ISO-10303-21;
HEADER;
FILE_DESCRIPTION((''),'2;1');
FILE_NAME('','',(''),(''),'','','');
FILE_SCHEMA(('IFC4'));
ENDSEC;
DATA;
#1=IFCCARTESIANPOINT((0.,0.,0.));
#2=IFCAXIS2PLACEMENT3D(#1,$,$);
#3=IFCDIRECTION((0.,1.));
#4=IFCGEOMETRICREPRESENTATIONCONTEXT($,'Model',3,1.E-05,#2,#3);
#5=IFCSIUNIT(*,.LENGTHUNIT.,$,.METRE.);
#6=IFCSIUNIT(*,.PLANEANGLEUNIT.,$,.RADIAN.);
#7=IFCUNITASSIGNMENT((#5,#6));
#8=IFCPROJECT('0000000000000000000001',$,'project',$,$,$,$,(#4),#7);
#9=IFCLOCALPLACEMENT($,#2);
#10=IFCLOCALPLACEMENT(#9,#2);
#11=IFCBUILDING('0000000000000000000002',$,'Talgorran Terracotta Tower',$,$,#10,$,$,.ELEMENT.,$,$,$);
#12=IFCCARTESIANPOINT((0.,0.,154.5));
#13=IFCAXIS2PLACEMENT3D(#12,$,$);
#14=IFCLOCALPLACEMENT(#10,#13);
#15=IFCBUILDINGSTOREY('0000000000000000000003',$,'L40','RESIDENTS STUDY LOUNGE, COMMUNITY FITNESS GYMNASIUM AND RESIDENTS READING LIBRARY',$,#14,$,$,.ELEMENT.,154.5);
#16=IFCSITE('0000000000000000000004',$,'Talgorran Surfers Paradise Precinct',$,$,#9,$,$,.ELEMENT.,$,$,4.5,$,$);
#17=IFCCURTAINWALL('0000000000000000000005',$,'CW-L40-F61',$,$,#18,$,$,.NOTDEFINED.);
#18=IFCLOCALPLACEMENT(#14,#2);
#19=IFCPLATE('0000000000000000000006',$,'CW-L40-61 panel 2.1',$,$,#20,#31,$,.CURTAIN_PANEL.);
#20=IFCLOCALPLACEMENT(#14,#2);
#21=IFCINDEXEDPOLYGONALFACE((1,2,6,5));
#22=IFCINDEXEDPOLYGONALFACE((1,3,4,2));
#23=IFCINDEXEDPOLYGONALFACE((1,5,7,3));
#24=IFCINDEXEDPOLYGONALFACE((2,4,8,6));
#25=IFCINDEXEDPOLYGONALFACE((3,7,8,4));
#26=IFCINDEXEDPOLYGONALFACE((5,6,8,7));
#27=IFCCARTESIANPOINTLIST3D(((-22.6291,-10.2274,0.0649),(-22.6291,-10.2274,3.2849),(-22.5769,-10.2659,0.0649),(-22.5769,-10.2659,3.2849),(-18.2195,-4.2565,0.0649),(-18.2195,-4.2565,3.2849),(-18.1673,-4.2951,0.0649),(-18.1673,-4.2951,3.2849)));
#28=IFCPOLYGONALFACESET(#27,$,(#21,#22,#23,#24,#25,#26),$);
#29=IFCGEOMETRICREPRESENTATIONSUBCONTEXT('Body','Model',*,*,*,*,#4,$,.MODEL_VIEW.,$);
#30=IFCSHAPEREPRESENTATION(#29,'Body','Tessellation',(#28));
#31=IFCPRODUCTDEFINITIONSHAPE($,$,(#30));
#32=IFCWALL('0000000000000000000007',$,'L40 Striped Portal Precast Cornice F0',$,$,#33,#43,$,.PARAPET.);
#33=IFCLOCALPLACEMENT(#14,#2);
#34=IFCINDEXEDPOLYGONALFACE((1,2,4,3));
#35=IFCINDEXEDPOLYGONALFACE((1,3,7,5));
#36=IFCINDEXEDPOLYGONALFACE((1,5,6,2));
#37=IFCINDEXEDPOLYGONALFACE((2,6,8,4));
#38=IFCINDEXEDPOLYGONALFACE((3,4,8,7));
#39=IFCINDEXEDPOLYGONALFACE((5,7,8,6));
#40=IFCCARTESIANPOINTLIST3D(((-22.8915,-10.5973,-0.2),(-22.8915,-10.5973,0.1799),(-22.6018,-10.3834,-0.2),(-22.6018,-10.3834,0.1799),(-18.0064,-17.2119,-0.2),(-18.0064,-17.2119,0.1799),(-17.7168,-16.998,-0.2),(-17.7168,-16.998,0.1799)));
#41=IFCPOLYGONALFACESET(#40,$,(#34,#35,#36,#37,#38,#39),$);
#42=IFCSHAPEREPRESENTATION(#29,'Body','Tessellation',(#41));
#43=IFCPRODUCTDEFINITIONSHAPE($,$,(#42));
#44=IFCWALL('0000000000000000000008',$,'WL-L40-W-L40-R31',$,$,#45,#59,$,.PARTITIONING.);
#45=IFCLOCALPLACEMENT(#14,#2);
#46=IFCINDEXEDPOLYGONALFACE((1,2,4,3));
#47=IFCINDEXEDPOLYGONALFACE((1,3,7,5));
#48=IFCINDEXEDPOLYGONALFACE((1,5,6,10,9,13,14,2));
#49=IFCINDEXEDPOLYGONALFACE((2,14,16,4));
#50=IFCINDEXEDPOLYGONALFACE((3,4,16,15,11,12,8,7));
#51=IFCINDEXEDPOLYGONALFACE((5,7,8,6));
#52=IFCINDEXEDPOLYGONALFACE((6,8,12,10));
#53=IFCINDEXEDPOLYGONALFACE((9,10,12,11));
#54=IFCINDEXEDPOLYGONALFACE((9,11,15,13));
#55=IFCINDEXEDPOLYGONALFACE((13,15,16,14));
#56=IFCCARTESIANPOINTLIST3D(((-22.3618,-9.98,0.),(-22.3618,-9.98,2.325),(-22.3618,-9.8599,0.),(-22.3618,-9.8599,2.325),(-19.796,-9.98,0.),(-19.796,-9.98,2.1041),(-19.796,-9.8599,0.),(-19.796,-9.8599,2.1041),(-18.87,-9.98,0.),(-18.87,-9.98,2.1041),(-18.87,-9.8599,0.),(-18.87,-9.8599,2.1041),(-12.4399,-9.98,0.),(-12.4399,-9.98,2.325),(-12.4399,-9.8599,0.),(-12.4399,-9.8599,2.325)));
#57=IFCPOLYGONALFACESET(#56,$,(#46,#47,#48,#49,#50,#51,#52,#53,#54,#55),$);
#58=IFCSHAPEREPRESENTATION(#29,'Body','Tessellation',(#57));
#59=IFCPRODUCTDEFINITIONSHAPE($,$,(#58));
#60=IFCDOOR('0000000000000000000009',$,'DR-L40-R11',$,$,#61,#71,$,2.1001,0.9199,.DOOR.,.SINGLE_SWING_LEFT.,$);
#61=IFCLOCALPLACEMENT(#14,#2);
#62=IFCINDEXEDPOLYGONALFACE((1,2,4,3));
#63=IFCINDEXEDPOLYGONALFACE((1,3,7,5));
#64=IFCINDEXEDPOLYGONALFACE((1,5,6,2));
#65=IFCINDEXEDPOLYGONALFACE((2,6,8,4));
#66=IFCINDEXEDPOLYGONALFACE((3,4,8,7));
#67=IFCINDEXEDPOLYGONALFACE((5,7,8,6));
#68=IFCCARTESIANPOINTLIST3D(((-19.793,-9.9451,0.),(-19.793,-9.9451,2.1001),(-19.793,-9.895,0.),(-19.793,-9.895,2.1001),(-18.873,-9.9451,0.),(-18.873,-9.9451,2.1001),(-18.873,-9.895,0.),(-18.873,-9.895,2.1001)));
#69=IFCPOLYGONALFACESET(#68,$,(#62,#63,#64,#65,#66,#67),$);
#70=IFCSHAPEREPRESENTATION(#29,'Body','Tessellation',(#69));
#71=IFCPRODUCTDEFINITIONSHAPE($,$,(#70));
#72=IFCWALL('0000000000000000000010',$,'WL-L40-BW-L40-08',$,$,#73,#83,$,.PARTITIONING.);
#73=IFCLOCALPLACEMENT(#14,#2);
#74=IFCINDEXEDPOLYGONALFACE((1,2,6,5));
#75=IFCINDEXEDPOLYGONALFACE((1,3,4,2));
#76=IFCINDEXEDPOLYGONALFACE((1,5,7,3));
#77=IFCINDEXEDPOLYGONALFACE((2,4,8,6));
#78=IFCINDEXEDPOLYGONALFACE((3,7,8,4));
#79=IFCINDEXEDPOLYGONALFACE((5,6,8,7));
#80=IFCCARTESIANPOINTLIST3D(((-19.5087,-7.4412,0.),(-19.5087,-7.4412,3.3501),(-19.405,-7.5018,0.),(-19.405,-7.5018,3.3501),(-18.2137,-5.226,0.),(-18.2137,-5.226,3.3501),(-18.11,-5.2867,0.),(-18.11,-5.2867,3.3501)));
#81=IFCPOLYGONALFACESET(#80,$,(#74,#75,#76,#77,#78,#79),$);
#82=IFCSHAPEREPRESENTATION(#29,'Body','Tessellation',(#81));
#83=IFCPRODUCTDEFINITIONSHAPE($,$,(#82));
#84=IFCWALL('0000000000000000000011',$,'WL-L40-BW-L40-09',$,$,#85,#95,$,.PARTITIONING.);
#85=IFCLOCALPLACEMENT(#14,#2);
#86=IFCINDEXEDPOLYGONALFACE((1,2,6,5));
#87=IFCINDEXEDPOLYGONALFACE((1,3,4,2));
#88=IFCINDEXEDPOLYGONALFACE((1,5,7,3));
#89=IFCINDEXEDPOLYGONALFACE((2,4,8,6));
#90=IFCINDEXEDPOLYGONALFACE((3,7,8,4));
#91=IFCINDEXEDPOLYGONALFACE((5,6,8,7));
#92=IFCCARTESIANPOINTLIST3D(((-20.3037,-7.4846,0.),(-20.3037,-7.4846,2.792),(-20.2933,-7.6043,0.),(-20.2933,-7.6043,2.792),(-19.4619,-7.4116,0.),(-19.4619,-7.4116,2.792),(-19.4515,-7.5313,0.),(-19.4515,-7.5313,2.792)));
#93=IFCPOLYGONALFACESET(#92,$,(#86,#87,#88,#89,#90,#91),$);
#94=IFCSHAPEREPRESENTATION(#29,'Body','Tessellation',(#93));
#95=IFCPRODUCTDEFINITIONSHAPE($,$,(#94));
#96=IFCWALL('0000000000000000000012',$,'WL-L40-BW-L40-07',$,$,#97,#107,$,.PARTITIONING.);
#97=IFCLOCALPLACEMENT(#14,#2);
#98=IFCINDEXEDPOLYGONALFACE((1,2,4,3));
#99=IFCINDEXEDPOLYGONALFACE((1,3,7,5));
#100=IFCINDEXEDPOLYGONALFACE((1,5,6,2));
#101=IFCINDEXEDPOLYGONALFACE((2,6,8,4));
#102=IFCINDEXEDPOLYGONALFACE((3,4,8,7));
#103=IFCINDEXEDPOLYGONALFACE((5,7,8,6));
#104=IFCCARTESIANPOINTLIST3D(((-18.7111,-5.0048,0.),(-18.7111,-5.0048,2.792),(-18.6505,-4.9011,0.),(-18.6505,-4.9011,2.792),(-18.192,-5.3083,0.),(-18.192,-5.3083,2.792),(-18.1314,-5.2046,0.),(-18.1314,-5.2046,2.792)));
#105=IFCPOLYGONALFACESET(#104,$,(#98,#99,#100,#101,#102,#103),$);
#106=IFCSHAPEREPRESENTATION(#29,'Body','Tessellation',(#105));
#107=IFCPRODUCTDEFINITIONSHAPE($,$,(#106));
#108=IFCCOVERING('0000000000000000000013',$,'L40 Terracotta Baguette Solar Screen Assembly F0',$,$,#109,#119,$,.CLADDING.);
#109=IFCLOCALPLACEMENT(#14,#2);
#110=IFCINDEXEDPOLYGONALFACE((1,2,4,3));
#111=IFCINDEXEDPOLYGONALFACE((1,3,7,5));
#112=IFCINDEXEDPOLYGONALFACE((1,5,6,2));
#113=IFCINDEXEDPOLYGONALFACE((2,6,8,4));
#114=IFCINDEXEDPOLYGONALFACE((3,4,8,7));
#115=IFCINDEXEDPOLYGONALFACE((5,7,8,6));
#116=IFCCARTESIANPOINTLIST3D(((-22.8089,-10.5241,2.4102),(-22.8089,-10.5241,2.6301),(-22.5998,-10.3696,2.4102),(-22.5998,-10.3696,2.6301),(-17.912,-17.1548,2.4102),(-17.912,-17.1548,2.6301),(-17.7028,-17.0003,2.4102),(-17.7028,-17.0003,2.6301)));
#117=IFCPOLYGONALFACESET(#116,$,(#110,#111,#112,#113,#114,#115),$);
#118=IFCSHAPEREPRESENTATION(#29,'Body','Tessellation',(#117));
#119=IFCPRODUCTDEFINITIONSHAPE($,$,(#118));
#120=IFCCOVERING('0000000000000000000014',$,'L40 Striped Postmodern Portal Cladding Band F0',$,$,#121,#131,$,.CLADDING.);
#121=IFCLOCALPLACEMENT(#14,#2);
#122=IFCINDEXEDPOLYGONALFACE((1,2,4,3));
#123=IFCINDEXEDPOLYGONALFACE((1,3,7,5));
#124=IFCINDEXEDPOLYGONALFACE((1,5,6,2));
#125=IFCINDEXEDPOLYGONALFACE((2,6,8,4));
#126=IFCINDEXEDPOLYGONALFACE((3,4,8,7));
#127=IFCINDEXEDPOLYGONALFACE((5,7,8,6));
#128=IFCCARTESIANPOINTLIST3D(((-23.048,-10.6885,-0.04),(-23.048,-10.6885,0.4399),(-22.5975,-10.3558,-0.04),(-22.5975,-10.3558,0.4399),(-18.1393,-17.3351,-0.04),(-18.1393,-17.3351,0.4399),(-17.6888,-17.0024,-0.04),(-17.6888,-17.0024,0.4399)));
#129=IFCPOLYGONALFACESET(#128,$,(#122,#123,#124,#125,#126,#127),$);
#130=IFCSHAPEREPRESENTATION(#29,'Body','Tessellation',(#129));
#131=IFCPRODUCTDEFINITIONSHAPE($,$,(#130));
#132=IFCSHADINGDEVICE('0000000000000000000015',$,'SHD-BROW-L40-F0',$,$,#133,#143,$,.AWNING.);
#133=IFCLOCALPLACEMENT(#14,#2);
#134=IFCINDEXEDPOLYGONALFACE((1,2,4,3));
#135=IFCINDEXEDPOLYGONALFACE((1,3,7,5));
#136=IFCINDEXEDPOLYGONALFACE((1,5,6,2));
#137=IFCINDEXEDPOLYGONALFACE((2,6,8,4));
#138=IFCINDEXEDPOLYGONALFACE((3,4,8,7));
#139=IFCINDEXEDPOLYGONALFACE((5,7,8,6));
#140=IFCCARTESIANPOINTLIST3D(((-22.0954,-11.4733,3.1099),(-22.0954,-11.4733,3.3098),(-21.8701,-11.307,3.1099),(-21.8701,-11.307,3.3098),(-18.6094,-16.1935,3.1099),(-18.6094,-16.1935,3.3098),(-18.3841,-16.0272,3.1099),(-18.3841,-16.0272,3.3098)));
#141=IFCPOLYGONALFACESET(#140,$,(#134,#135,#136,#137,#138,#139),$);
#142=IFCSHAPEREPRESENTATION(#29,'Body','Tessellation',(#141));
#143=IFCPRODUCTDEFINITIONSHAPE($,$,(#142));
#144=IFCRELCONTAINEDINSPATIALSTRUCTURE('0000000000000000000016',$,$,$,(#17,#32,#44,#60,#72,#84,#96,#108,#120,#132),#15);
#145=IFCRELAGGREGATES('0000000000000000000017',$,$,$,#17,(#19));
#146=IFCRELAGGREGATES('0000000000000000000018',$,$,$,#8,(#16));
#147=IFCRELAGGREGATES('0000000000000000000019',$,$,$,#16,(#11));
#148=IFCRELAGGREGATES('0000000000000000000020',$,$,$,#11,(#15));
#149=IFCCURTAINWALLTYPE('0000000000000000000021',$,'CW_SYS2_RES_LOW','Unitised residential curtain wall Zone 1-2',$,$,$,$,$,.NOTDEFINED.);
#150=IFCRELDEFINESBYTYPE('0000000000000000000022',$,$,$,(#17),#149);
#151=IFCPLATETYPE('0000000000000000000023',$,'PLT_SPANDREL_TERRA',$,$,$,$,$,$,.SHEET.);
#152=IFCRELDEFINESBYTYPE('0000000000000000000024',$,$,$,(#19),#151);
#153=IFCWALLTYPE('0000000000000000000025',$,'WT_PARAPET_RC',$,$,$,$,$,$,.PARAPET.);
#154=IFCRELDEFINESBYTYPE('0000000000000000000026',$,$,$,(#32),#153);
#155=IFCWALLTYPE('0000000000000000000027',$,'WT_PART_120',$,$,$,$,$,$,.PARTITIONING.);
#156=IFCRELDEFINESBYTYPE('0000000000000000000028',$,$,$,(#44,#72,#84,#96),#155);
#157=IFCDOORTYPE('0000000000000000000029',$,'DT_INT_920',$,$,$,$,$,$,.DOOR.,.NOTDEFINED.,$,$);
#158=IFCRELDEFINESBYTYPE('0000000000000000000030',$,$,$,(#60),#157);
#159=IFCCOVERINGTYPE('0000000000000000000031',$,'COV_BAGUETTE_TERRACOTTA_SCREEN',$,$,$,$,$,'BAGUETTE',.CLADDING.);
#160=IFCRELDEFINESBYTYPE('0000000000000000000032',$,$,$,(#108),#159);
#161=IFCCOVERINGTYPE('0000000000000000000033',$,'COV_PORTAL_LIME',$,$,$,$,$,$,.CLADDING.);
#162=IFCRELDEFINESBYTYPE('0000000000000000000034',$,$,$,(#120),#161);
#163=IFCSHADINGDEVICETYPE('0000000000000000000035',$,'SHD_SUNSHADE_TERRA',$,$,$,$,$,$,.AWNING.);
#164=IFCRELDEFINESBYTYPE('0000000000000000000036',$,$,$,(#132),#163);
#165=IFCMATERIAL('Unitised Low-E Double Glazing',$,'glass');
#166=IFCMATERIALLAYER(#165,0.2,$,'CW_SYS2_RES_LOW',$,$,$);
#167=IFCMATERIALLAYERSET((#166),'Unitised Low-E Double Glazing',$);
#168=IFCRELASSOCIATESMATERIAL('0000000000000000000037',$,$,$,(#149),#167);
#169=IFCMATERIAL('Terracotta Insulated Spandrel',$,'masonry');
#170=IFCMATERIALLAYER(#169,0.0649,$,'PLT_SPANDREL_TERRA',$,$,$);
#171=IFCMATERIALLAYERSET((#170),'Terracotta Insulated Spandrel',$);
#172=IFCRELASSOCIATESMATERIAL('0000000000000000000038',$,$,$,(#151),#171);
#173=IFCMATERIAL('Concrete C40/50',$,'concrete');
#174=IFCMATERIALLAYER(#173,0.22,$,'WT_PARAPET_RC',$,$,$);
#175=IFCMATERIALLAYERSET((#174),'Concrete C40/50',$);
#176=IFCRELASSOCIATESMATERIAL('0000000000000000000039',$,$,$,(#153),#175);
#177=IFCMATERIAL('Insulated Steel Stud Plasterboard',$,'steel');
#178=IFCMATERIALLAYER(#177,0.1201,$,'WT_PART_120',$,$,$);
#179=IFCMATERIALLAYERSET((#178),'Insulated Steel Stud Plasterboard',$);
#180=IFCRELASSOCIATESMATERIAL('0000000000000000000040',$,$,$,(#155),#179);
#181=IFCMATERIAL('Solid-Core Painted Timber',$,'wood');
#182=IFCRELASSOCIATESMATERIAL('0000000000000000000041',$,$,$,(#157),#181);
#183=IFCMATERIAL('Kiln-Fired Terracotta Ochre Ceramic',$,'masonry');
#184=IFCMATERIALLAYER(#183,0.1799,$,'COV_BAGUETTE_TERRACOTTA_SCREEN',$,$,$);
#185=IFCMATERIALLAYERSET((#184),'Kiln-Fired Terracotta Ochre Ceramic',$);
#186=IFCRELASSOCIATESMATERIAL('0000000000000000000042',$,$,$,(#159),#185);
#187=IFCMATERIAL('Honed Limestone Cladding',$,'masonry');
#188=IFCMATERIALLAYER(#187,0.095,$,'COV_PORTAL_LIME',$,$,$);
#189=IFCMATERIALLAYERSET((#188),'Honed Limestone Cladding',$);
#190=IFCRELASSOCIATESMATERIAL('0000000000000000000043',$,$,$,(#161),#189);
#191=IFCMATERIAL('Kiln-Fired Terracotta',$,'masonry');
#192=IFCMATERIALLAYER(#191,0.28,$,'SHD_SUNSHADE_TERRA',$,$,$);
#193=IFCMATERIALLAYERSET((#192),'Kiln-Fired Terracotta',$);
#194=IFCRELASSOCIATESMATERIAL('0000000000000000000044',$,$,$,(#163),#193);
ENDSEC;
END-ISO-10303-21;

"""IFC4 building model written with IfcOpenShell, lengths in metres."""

from ifc_helpers import new_model, si_unit, direction, frame, frame_2d, origin, origin_2d, place, context, subcontext, project, spatial, rectangle, extrude, source, transform, mapped, material, layer, layer_set, type_object, type_shapes, element, fill, aggregate, save


model = new_model("IFC4")

# Units and contexts
model_context = context("Model", 3, precision=1e-05, world=origin(), true_north=direction((0.0, 1.0)))
body_context = subcontext(model_context, "Body", "Model", "MODEL_VIEW")
ifc_project = project(units=[si_unit("LENGTHUNIT", "METRE"), si_unit("PLANEANGLEUNIT", "RADIAN")], contexts=[model_context])

# Site, building, storey
site_placement = place(None, origin())
site = spatial("IfcSite", under=ifc_project, at=site_placement, Name="Talgorran Surfers Paradise Precinct", CompositionType="ELEMENT", RefElevation=4.5)
building_placement = place(site_placement, origin())
building = spatial("IfcBuilding", under=site, at=building_placement, Name="Talgorran Terracotta Tower", CompositionType="ELEMENT")
storey_placement = place(building_placement, frame((0.0, 0.0, 154.5)))
storey = spatial("IfcBuildingStorey", under=building, at=storey_placement, Name="L40", Description="RESIDENTS STUDY LOUNGE, COMMUNITY FITNESS GYMNASIUM AND RESIDENTS READING LIBRARY", CompositionType="ELEMENT", Elevation=154.5)

# Curtain wall
ifc_material_1 = material(Name="Unitised Low-E Double Glazing", Category="glass")
ifc_layer_1 = layer(ifc_material_1, 0.2, Name="CW_SYS2_RES_LOW")
ifc_layer_set_1 = layer_set([ifc_layer_1], Name="Unitised Low-E Double Glazing")
curtain_wall_type = type_object("IfcCurtainWallType", Name="CW_SYS2_RES_LOW", Description="Unitised residential curtain wall Zone 1-2", PredefinedType="NOTDEFINED", material=ifc_layer_set_1)
curtain_wall_1_placement = place(storey_placement, origin())
curtain_wall_1 = element("IfcCurtainWall", 1, at=curtain_wall_1_placement, inside=storey, type_object=curtain_wall_type, Name="CW-L40-F61", PredefinedType="NOTDEFINED")

# Plate
ifc_material_2 = material(Name="Terracotta Insulated Spandrel", Category="masonry")
ifc_layer_2 = layer(ifc_material_2, 0.0649, Name="PLT_SPANDREL_TERRA")
ifc_layer_set_2 = layer_set([ifc_layer_2], Name="Terracotta Insulated Spandrel")
plate_type_1 = type_object("IfcPlateType", Name="PLT_SPANDREL_TERRA", PredefinedType="SHEET", material=ifc_layer_set_2)
shared_shape_1 = source(origin(), body_context, "Body", "SweptSolid", [
    extrude(rectangle(XDim=7.4226, YDim=0.0649, at=origin_2d()), origin(), (0.0, 0.0, 1.0), 3.22),
])
type_shapes(plate_type_1, [shared_shape_1])
plate_1_placement = place(storey_placement, frame((-20.3982, -7.2612, 0.0649), z_axis=(0.0, 0.0, 1.0), x_axis=(-0.594074, -0.80441, 0.0)))
plate_1 = element("IfcPlate", 2, at=plate_1_placement, type_object=plate_type_1, Name="CW-L40-61 panel 2.1", PredefinedType="CURTAIN_PANEL", context=body_context, shape_type="MappedRepresentation", body=[
    mapped(shared_shape_1, transform((0.0, 0.0, 0.0), scale=1.0)),
])
aggregate(curtain_wall_1, [plate_1])

# Wall
ifc_material_3 = material(Name="Concrete C40/50", Category="concrete")
ifc_layer_3 = layer(ifc_material_3, 0.22, Name="WT_PARAPET_RC")
ifc_layer_set_3 = layer_set([ifc_layer_3], Name="Concrete C40/50")
wall_type_1 = type_object("IfcWallType", Name="WT_PARAPET_RC", PredefinedType="PARAPET", material=ifc_layer_set_3)
wall_1_placement = place(storey_placement, frame((-22.7466, -10.4905, -0.2), z_axis=(0.0, 0.0, 1.0), x_axis=(0.594079, -0.804407, 0.0)))
element("IfcWall", 3, at=wall_1_placement, inside=storey, type_object=wall_type_1, Name="L40 Striped Portal Precast Cornice F0", PredefinedType="PARAPET", context=body_context, shape_type="SweptSolid", body=[
    extrude(rectangle(XDim=8.2229, YDim=0.3601, at=frame_2d((4.1113, 0.0))), origin(), (0.0, 0.0, 1.0), 0.3799),
])

# Wall, opening, door
ifc_material_4 = material(Name="Insulated Steel Stud Plasterboard", Category="steel")
ifc_layer_4 = layer(ifc_material_4, 0.1201, Name="WT_PART_120")
ifc_layer_set_4 = layer_set([ifc_layer_4], Name="Insulated Steel Stud Plasterboard")
wall_type_2 = type_object("IfcWallType", Name="WT_PART_120", PredefinedType="PARTITIONING", material=ifc_layer_set_4)
wall_2_placement = place(storey_placement, frame((-22.3618, -9.9199, 0.0), z_axis=(0.0, 0.0, 1.0), x_axis=(1.0, 0.0, 0.0)))
wall_2 = element("IfcWall", 4, at=wall_2_placement, inside=storey, type_object=wall_type_2, Name="WL-L40-W-L40-R31", PredefinedType="PARTITIONING", context=body_context, shape_type="SweptSolid", body=[
    extrude(rectangle(XDim=9.9219, YDim=0.1201, at=frame_2d((4.9609, 0.0))), origin(), (0.0, 0.0, 1.0), 2.325),
])
opening_placement = place(wall_2_placement, frame((2.5688, 0.0, 0.0)))
opening = element("IfcOpeningElement", 5, at=opening_placement, cuts=wall_2, PredefinedType="OPENING", context=body_context, shape_type="SweptSolid", body=[
    extrude(rectangle(XDim=0.9259, YDim=2.1041, at=frame_2d((0.46, 1.052))), frame((0.0, 0.0701, 0.0), z_axis=(0.0, -1.0, 0.0), x_axis=(1.0, 0.0, 0.0)), (0.0, 0.0, 1.0), 0.1401),
])
ifc_material_5 = material(Name="Solid-Core Painted Timber", Category="wood")
door_type = type_object("IfcDoorType", Name="DT_INT_920", OperationType="NOTDEFINED", PredefinedType="DOOR", material=ifc_material_5)
door_placement = place(opening_placement, origin())
door = element("IfcDoor", 6, at=door_placement, inside=storey, type_object=door_type, Name="DR-L40-R11", OperationType="SINGLE_SWING_LEFT", OverallHeight=2.1001, OverallWidth=0.9199, PredefinedType="DOOR", context=body_context, shape_type="SweptSolid", body=[
    extrude(rectangle(XDim=0.9199, YDim=2.1001, at=frame_2d((0.46, 1.05))), frame((0.0, 0.0249, 0.0), z_axis=(0.0, -1.0, 0.0), x_axis=(1.0, 0.0, 0.0)), (0.0, 0.0, 1.0), 0.05),
])
fill(opening, door)

# Walls
wall_3_placement = place(storey_placement, frame((-18.1619, -5.2563, 0.0), z_axis=(0.0, 0.0, 1.0), x_axis=(-0.504681, -0.863306, 0.0)))
element("IfcWall", 7, at=wall_3_placement, inside=storey, type_object=wall_type_2, Name="WL-L40-BW-L40-08", PredefinedType="PARTITIONING", context=body_context, shape_type="SweptSolid", body=[
    extrude(rectangle(XDim=2.5659, YDim=0.1201, at=frame_2d((1.283, 0.0))), origin(), (0.0, 0.0, 1.0), 3.3501),
])
wall_4_placement = place(storey_placement, frame((-19.4568, -7.4714, 0.0), z_axis=(0.0, 0.0, 1.0), x_axis=(-0.996261, -0.086393, 0.0)))
element("IfcWall", 8, at=wall_4_placement, inside=storey, type_object=wall_type_2, Name="WL-L40-BW-L40-09", PredefinedType="PARTITIONING", context=body_context, shape_type="SweptSolid", body=[
    extrude(rectangle(XDim=0.845, YDim=0.1201, at=frame_2d((0.4224, 0.0))), origin(), (0.0, 0.0, 1.0), 2.792),
])
wall_5_placement = place(storey_placement, frame((-18.6809, -4.9529, 0.0), z_axis=(0.0, 0.0, 1.0), x_axis=(0.863278, -0.504729, 0.0)))
element("IfcWall", 9, at=wall_5_placement, inside=storey, type_object=wall_type_2, Name="WL-L40-BW-L40-07", PredefinedType="PARTITIONING", context=body_context, shape_type="SweptSolid", body=[
    extrude(rectangle(XDim=0.6013, YDim=0.1201, at=frame_2d((0.3008, 0.0))), origin(), (0.0, 0.0, 1.0), 2.792),
])

# Coverings
ifc_material_6 = material(Name="Kiln-Fired Terracotta Ochre Ceramic", Category="masonry")
ifc_layer_5 = layer(ifc_material_6, 0.1799, Name="COV_BAGUETTE_TERRACOTTA_SCREEN")
ifc_layer_set_5 = layer_set([ifc_layer_5], Name="Kiln-Fired Terracotta Ochre Ceramic")
covering_type_1 = type_object("IfcCoveringType", Name="COV_BAGUETTE_TERRACOTTA_SCREEN", ElementType="BAGUETTE", PredefinedType="CLADDING", material=ifc_layer_set_5)
covering_1_placement = place(storey_placement, frame((-20.2559, -13.7622, 2.4102), z_axis=(0.0, 0.0, 1.0), x_axis=(0.594079, -0.804407, 0.0)))
element("IfcCovering", 10, at=covering_1_placement, inside=storey, type_object=covering_type_1, Name="L40 Terracotta Baguette Solar Screen Assembly F0", PredefinedType="CLADDING", context=body_context, shape_type="SweptSolid", body=[
    extrude(rectangle(XDim=8.2429, YDim=0.26, at=origin_2d()), origin(), (0.0, 0.0, 1.0), 0.22),
])
ifc_material_7 = material(Name="Honed Limestone Cladding", Category="masonry")
ifc_layer_6 = layer(ifc_material_7, 0.095, Name="COV_PORTAL_LIME")
ifc_layer_set_6 = layer_set([ifc_layer_6], Name="Honed Limestone Cladding")
covering_type_2 = type_object("IfcCoveringType", Name="COV_PORTAL_LIME", PredefinedType="CLADDING", material=ifc_layer_set_6)
covering_2_placement = place(storey_placement, frame((-20.3684, -13.8455, -0.04), z_axis=(0.0, 0.0, 1.0), x_axis=(0.594079, -0.804407, 0.0)))
element("IfcCovering", 11, at=covering_2_placement, inside=storey, type_object=covering_type_2, Name="L40 Striped Postmodern Portal Cladding Band F0", PredefinedType="CLADDING", context=body_context, shape_type="SweptSolid", body=[
    extrude(rectangle(XDim=8.2627, YDim=0.5601, at=origin_2d()), origin(), (0.0, 0.0, 1.0), 0.48),
])

# Shading device
ifc_material_8 = material(Name="Kiln-Fired Terracotta", Category="masonry")
ifc_layer_7 = layer(ifc_material_8, 0.28, Name="SHD_SUNSHADE_TERRA")
ifc_layer_set_7 = layer_set([ifc_layer_7], Name="Kiln-Fired Terracotta")
shading_device_type = type_object("IfcShadingDeviceType", Name="SHD_SUNSHADE_TERRA", PredefinedType="AWNING", material=ifc_layer_set_7)
shared_shape_2 = source(origin(), body_context, "Body", "SweptSolid", [
    extrude(rectangle(XDim=5.8679, YDim=0.28, at=origin_2d()), origin(), (0.0, 0.0, 1.0), 0.2),
])
type_shapes(shading_device_type, [shared_shape_2])
shading_device_placement = place(storey_placement, frame((-20.2397, -13.7502, 3.1099), z_axis=(0.0, 0.0, 1.0), x_axis=(0.594079, -0.804407, 0.0)))
element("IfcShadingDevice", 12, at=shading_device_placement, inside=storey, type_object=shading_device_type, Name="SHD-BROW-L40-F0", PredefinedType="AWNING", context=body_context, shape_type="MappedRepresentation", body=[
    mapped(shared_shape_2, transform((0.0, 0.0, 0.0), scale=1.0)),
])

save(model, "model.ifc")
